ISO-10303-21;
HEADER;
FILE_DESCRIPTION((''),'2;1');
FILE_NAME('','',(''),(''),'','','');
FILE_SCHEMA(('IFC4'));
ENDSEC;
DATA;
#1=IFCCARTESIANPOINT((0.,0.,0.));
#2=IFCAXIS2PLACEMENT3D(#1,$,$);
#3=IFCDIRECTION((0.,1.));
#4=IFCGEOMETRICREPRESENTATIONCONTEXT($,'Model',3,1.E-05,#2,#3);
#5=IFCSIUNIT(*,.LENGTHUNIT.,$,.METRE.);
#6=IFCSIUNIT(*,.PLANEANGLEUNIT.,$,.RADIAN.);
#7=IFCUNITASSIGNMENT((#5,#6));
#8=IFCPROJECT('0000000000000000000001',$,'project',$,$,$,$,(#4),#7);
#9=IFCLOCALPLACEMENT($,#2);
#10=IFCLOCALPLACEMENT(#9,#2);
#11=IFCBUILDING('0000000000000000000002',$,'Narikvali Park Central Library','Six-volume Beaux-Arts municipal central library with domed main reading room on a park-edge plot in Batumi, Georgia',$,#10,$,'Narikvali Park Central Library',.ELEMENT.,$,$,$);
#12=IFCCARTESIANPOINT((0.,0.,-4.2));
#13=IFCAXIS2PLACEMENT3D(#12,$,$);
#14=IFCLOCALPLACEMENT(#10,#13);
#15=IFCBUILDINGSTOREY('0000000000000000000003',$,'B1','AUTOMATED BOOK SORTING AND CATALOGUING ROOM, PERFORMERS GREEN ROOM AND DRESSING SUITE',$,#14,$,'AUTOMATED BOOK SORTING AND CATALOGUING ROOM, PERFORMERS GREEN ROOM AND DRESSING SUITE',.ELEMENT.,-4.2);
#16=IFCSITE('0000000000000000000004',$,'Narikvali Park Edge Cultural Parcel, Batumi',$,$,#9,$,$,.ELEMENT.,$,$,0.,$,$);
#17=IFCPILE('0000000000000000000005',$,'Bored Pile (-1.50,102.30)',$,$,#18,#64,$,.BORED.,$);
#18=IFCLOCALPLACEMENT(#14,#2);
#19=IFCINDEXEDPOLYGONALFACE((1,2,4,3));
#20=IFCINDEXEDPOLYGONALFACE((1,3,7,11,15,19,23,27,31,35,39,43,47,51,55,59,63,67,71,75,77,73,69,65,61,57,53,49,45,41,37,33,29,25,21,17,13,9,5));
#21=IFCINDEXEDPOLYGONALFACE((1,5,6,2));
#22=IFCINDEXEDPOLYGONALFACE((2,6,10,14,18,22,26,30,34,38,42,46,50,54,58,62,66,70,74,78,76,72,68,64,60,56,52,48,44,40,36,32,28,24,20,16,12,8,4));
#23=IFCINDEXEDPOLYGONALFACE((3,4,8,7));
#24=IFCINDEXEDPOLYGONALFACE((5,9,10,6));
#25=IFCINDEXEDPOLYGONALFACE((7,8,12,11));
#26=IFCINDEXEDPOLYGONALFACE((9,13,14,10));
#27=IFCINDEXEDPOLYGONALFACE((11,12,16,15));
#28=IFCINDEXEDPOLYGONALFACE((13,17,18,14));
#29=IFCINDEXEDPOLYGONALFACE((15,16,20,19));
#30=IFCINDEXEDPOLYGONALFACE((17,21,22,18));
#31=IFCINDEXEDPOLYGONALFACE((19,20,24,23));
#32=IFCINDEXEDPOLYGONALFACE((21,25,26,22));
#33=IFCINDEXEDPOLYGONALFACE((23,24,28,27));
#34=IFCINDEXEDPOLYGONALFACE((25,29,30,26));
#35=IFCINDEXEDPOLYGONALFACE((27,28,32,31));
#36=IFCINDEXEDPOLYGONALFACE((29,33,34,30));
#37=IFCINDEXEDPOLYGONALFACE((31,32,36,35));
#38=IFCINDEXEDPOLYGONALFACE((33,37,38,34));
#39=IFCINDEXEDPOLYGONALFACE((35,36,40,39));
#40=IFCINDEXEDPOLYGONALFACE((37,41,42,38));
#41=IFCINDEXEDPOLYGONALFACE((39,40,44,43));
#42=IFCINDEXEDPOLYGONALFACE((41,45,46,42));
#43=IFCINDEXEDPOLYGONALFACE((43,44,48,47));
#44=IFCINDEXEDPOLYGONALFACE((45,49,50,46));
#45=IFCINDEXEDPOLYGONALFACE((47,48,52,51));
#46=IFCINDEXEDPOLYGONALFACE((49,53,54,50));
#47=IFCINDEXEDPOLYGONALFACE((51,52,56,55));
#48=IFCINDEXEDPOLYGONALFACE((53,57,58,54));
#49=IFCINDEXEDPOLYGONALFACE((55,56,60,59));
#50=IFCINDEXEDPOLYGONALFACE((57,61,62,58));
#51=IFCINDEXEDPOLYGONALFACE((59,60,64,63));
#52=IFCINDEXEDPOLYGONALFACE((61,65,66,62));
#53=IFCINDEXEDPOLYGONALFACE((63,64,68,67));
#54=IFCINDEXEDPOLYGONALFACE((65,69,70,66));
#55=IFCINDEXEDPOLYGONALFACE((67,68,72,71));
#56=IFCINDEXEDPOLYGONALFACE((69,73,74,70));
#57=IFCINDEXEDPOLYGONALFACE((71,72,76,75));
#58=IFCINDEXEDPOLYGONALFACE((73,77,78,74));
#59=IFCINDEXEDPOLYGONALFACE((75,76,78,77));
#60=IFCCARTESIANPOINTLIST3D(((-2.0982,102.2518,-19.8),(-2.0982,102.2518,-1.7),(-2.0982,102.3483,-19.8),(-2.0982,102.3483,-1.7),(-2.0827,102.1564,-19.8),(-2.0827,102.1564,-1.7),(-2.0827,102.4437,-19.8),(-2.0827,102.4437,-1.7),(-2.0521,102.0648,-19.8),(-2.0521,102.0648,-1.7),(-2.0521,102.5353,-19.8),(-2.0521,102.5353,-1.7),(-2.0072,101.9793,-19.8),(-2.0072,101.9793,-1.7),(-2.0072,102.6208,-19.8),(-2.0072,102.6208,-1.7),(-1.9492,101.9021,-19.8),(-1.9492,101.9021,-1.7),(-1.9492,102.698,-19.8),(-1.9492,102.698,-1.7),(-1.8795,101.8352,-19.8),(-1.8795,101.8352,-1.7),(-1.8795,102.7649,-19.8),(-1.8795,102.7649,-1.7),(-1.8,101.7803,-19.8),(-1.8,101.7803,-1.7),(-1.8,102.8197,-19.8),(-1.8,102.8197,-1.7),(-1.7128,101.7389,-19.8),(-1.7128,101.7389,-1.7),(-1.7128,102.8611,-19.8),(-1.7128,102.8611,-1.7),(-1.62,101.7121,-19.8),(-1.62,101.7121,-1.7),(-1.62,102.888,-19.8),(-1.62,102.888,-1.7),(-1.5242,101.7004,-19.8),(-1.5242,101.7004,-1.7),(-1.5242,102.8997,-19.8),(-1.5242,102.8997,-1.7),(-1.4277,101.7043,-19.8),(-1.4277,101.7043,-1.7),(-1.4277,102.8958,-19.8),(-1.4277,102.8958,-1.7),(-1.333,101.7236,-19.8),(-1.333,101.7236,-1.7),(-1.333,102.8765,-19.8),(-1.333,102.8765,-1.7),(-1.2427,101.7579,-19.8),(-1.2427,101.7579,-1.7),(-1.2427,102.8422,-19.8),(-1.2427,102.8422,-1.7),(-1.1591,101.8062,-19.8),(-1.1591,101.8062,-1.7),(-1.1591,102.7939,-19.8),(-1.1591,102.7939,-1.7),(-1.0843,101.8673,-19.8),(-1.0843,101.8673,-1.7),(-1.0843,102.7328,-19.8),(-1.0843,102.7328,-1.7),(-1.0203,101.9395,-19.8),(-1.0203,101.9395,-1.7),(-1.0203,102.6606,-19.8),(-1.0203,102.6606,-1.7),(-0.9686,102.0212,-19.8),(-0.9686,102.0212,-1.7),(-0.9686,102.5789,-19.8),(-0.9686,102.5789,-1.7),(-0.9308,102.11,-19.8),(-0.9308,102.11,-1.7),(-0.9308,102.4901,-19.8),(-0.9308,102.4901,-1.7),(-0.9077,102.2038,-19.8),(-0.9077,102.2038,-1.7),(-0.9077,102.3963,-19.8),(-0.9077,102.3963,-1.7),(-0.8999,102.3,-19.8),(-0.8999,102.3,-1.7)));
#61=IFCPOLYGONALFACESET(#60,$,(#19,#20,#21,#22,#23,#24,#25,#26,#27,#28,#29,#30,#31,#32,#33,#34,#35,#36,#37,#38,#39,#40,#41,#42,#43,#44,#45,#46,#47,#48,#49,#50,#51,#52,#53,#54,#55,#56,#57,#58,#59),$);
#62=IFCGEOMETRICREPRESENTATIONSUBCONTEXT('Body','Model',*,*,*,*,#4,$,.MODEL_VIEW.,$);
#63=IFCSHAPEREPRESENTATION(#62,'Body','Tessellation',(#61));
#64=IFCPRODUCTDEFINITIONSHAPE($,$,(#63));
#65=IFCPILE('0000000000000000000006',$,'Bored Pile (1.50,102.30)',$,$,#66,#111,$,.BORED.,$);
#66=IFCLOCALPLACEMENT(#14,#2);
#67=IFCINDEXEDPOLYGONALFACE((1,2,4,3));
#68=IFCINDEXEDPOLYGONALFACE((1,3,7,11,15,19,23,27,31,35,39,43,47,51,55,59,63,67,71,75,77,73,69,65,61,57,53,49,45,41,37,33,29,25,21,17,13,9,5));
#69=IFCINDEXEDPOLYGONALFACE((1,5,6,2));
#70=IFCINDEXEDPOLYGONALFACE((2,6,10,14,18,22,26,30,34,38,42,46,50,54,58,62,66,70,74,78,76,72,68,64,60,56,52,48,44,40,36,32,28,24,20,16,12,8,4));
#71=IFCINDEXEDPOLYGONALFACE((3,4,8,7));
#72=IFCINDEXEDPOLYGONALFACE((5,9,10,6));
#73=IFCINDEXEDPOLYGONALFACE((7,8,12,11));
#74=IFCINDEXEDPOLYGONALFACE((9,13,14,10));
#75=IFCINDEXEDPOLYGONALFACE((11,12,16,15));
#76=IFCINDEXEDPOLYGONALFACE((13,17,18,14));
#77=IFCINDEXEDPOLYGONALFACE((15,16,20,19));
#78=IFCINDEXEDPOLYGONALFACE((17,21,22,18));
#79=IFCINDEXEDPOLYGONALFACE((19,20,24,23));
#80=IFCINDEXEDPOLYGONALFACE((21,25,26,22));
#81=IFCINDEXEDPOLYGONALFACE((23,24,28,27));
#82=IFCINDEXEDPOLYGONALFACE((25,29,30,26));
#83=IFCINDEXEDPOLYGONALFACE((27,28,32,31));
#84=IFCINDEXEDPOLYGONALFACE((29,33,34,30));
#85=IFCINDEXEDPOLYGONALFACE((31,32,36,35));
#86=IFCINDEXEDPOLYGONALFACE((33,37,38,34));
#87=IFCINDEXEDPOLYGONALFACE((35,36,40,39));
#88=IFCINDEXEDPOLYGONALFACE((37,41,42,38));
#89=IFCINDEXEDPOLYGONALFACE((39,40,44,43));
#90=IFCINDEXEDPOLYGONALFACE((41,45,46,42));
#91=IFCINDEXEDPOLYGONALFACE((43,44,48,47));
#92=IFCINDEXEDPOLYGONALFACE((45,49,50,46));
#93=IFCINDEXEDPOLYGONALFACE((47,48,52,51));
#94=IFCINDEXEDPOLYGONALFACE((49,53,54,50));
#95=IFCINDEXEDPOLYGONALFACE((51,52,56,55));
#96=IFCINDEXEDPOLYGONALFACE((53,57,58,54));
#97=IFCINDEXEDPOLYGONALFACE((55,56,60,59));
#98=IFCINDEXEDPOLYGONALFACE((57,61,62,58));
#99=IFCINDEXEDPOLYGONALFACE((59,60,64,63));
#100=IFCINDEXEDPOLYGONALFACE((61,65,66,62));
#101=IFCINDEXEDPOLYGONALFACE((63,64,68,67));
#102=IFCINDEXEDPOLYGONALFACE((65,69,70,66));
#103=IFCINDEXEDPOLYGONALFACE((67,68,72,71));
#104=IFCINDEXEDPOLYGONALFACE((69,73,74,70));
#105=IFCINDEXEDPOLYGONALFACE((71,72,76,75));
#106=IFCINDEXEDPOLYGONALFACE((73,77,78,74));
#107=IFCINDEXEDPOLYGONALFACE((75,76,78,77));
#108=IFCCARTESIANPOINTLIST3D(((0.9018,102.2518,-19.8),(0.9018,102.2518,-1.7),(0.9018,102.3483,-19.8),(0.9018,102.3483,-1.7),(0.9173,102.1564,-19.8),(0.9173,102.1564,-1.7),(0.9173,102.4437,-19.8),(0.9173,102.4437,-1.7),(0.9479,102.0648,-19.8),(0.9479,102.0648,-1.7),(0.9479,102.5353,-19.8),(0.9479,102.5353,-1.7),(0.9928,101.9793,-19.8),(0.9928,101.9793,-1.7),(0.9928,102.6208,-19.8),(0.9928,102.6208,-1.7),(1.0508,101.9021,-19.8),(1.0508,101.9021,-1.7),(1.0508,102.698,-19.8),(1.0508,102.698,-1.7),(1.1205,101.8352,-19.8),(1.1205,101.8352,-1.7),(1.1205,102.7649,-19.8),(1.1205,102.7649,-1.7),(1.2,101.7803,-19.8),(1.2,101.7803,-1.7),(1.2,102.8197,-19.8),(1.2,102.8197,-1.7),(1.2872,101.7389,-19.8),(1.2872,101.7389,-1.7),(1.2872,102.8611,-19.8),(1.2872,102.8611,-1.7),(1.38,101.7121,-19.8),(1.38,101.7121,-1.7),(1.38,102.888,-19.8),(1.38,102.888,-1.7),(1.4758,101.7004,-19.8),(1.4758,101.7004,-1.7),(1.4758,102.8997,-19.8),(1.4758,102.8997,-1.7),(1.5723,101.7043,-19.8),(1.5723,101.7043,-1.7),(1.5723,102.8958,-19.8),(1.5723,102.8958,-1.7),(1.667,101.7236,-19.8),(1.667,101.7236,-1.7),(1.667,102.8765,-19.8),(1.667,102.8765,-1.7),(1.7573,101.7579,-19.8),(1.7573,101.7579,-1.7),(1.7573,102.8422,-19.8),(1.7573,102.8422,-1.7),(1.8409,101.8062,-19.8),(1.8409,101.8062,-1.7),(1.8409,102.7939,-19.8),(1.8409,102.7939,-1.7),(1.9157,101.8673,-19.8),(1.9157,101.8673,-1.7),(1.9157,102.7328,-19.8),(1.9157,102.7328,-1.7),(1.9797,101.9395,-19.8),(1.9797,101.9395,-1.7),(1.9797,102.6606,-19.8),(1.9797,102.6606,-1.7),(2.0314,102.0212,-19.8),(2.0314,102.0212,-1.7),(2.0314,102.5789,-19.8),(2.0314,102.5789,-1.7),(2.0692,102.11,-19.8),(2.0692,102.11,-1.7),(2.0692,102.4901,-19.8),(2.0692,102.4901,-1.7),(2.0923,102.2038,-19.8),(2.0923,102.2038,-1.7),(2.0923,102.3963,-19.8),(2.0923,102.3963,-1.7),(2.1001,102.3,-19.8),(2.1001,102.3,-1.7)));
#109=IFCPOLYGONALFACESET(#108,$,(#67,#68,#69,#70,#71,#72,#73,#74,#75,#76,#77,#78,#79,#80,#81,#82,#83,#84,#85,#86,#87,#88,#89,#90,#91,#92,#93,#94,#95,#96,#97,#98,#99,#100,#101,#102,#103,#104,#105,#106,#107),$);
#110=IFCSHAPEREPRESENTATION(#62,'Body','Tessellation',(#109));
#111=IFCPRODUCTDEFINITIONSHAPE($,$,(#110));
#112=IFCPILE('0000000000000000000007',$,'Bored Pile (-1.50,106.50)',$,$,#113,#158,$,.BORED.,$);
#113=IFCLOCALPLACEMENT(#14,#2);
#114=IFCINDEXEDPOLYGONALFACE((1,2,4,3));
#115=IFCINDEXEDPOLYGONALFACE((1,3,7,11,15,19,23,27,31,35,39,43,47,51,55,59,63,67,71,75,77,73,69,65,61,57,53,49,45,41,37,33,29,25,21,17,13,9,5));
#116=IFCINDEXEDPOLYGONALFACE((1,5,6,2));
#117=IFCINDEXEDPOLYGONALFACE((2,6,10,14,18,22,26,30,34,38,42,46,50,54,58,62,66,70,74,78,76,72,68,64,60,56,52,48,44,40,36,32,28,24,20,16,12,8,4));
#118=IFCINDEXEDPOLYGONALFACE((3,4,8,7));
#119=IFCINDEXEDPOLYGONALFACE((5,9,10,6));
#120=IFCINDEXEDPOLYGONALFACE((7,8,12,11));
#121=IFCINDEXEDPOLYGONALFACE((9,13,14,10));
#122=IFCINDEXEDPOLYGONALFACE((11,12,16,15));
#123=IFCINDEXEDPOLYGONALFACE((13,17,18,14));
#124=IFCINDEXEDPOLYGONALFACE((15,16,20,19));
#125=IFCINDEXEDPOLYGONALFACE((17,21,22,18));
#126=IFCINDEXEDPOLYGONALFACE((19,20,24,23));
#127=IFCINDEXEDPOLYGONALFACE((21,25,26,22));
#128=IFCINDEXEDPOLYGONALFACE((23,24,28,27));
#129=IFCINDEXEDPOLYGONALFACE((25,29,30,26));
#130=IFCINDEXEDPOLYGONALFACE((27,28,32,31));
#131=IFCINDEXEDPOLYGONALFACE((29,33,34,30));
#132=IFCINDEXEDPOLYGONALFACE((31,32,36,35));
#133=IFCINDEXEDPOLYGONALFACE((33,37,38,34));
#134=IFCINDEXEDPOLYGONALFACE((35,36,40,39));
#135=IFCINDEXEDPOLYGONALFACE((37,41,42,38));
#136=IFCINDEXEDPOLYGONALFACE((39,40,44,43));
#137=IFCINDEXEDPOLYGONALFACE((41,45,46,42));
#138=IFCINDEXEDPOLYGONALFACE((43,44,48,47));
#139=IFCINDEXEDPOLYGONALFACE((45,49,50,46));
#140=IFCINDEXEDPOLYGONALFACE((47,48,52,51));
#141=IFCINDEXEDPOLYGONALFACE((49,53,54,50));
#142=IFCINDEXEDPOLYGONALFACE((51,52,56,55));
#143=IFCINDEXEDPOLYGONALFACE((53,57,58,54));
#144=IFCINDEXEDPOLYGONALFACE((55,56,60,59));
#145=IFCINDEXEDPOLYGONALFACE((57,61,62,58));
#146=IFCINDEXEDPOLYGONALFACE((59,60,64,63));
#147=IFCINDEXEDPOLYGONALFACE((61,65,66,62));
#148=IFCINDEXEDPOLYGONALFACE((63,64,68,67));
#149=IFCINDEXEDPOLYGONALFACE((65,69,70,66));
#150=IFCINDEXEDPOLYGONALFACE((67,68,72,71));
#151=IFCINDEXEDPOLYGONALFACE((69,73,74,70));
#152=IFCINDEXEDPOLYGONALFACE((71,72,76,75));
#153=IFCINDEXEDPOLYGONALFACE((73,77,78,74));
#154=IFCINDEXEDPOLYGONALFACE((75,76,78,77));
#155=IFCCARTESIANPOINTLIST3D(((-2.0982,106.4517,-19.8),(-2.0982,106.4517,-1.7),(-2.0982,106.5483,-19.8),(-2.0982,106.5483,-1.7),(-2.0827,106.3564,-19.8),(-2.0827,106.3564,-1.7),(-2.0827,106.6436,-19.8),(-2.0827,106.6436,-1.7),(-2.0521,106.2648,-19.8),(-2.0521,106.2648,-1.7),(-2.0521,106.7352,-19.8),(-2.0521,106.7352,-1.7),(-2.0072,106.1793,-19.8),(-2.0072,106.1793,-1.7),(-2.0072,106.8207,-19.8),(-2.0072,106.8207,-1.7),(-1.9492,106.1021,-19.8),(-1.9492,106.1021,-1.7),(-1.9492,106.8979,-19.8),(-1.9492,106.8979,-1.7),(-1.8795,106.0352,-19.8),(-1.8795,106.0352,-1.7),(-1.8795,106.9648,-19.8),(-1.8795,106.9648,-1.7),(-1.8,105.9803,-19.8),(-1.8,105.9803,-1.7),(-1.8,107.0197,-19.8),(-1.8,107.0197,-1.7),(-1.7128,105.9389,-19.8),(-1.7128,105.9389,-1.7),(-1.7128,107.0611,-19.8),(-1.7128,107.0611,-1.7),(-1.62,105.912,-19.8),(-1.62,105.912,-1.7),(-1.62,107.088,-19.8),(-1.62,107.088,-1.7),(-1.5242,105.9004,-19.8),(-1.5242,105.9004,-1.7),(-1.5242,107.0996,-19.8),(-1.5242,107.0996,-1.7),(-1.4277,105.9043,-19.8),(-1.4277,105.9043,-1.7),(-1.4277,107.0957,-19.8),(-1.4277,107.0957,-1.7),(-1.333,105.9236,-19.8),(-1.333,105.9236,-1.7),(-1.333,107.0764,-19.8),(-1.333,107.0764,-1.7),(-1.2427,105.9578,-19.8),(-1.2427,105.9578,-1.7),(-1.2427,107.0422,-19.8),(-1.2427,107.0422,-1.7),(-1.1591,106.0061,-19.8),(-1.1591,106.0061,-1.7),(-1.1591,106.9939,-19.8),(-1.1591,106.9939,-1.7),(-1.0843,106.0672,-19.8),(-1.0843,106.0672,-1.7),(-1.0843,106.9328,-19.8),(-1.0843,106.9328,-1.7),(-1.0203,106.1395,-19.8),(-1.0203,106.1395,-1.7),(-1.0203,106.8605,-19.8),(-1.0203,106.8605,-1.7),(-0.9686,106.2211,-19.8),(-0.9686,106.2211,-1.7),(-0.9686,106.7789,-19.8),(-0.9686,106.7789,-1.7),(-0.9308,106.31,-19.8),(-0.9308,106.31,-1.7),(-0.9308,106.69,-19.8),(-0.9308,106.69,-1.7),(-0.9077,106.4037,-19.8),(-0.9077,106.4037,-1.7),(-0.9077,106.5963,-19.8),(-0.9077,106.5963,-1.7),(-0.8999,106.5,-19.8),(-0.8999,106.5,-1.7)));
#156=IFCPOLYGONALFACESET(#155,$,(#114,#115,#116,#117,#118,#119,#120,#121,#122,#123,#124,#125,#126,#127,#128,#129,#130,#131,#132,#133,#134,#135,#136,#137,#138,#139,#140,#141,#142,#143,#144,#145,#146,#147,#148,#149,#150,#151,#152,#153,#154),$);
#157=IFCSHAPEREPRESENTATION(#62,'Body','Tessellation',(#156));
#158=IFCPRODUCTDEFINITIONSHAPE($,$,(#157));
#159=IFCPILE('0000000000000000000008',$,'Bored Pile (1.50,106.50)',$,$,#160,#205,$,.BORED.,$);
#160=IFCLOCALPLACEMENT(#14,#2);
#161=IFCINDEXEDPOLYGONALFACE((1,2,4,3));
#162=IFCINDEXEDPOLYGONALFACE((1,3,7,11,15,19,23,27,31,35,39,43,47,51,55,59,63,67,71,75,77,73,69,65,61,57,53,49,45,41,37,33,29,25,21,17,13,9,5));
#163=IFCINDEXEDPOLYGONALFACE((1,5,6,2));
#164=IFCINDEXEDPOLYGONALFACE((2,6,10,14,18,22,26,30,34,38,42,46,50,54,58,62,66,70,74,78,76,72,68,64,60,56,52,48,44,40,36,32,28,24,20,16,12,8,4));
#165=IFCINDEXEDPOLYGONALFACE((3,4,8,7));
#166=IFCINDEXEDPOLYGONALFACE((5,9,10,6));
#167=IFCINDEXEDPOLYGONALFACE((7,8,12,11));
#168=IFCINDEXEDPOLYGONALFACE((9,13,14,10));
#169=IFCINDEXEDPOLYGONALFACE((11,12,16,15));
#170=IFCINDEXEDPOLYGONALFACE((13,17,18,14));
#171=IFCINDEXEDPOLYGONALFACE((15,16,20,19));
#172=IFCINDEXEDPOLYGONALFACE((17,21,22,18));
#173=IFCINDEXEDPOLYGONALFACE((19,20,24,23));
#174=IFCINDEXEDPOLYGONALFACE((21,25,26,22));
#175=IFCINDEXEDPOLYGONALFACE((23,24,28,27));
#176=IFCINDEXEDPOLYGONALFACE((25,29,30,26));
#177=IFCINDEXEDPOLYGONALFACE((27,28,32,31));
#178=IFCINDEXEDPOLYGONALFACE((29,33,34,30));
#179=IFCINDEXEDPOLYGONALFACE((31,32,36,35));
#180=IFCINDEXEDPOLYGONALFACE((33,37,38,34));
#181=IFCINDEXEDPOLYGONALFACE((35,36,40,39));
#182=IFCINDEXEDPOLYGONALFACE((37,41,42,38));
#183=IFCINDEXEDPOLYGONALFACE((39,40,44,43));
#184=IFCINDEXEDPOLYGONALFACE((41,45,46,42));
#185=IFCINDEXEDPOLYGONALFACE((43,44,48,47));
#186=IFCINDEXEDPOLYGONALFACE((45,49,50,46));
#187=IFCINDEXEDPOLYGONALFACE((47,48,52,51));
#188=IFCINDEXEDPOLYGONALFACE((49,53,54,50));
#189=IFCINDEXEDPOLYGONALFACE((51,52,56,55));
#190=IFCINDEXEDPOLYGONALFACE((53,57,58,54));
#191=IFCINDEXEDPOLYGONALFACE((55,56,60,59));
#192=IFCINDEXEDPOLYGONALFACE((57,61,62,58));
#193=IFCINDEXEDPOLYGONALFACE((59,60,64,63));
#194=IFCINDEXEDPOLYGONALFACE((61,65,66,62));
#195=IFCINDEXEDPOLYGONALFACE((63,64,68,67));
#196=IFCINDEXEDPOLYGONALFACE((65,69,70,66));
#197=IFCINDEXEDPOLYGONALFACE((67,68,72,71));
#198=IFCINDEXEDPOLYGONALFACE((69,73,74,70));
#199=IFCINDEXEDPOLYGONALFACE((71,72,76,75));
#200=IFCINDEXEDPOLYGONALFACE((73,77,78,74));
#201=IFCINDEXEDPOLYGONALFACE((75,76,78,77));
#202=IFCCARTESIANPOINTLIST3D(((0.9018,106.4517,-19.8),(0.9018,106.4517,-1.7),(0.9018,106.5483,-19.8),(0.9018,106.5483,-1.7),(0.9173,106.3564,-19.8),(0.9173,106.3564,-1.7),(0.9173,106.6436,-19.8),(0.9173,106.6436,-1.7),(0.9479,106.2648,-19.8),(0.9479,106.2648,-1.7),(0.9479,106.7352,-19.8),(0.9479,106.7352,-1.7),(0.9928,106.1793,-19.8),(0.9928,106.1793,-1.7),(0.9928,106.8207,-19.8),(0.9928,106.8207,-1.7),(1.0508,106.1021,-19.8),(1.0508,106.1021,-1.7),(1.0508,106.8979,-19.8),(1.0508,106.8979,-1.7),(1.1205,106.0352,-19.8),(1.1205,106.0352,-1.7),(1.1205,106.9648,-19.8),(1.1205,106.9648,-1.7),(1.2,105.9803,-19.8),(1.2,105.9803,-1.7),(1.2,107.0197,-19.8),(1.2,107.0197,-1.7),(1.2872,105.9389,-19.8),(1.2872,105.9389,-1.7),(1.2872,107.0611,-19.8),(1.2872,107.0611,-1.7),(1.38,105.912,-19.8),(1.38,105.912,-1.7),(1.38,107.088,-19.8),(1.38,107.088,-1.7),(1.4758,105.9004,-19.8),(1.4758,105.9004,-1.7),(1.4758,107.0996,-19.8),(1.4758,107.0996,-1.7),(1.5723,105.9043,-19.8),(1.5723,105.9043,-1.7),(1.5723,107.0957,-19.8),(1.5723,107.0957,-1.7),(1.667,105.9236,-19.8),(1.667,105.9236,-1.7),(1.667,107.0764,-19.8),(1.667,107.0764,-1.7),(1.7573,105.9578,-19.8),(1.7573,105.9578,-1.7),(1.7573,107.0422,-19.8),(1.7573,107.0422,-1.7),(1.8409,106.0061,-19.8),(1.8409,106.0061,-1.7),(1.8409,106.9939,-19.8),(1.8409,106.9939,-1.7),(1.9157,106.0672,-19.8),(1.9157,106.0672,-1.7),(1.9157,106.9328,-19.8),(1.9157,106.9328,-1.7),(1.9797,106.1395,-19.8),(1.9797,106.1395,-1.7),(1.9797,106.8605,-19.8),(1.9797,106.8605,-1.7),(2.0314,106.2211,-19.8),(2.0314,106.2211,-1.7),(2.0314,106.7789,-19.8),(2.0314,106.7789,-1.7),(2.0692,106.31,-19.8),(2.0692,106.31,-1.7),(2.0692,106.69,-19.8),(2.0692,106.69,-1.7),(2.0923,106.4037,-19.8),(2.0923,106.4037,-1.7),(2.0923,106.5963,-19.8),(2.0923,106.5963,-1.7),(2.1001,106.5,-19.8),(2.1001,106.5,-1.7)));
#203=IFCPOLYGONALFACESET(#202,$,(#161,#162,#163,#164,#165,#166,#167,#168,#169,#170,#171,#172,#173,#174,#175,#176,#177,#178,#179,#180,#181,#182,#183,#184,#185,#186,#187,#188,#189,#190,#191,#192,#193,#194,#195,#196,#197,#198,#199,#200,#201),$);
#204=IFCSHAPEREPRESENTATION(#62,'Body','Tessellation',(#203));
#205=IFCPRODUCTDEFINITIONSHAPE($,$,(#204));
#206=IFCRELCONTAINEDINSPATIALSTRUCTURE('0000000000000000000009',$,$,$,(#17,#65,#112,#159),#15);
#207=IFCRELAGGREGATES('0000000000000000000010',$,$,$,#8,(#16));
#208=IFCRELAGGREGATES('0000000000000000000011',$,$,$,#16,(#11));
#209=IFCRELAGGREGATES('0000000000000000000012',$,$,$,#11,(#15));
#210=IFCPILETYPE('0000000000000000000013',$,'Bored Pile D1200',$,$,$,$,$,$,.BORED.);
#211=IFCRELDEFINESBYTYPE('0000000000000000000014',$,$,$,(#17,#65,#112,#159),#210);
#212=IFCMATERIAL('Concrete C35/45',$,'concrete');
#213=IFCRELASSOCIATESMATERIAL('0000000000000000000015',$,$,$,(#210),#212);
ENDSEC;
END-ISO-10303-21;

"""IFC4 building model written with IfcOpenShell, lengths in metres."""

from ifc_helpers import new_model, si_unit, direction, frame, origin, origin_2d, place, context, subcontext, project, spatial, circle, extrude, material, material_profile, profile_set, type_object, element, save


model = new_model("IFC4")

# Units and contexts
model_context = context("Model", 3, precision=1e-05, world=origin(), true_north=direction((0.0, 1.0)))
body_context = subcontext(model_context, "Body", "Model", "MODEL_VIEW")
ifc_project = project(units=[si_unit("LENGTHUNIT", "METRE"), si_unit("PLANEANGLEUNIT", "RADIAN")], contexts=[model_context])

# Site, building, storey
site_placement = place(None, origin())
site = spatial("IfcSite", under=ifc_project, at=site_placement, Name="Narikvali Park Edge Cultural Parcel, Batumi", CompositionType="ELEMENT", RefElevation=0.0)
building_placement = place(site_placement, origin())
building = spatial("IfcBuilding", under=site, at=building_placement, Name="Narikvali Park Central Library", Description="Six-volume Beaux-Arts municipal central library with domed main reading room on a park-edge plot in Batumi, Georgia", LongName="Narikvali Park Central Library", CompositionType="ELEMENT")
storey_placement = place(building_placement, frame((0.0, 0.0, -4.2)))
storey = spatial("IfcBuildingStorey", under=building, at=storey_placement, Name="B1", Description="AUTOMATED BOOK SORTING AND CATALOGUING ROOM, PERFORMERS GREEN ROOM AND DRESSING SUITE", LongName="AUTOMATED BOOK SORTING AND CATALOGUING ROOM, PERFORMERS GREEN ROOM AND DRESSING SUITE", CompositionType="ELEMENT", Elevation=-4.2)

# Piles
ifc_material_1 = material(Name="Concrete C35/45", Category="concrete")
ifc_material_profile_1 = material_profile(ifc_material_1, circle(Radius=0.6001, at=origin_2d()), Name="PILE D1200")
ifc_profile_set_1 = profile_set([ifc_material_profile_1], Name="Concrete C35/45")
pile_type = type_object("IfcPileType", Name="Bored Pile D1200", PredefinedType="BORED", material=ifc_profile_set_1)
for number, where, z_axis, x_axis, name in (
    (1, (-1.5, 102.3, -1.7), (0.0, 0.0, -1.0), (1.0, 0.0, 0.0), "Bored Pile (-1.50,102.30)"),
    (2, (1.5, 102.3, -1.7), (0.0, 0.0, -1.0), (1.0, 0.0, 0.0), "Bored Pile (1.50,102.30)"),
    (3, (-1.5, 106.5, -1.7), (0.0, 0.0, -1.0), (1.0, 0.0, 0.0), "Bored Pile (-1.50,106.50)"),
    (4, (1.5, 106.5, -1.7), (0.0, 0.0, -1.0), (1.0, 0.0, 0.0), "Bored Pile (1.50,106.50)"),
):
    element("IfcPile", number, at=place(storey_placement, frame(where, z_axis=z_axis, x_axis=x_axis)), inside=storey, type_object=pile_type, Name=name, PredefinedType="BORED", context=body_context, shape_type="SweptSolid", body=[
        extrude(circle(Radius=0.6001, at=origin_2d()), origin(), (0.0, 0.0, 1.0), 18.1001),
    ])

save(model, "model.ifc")
